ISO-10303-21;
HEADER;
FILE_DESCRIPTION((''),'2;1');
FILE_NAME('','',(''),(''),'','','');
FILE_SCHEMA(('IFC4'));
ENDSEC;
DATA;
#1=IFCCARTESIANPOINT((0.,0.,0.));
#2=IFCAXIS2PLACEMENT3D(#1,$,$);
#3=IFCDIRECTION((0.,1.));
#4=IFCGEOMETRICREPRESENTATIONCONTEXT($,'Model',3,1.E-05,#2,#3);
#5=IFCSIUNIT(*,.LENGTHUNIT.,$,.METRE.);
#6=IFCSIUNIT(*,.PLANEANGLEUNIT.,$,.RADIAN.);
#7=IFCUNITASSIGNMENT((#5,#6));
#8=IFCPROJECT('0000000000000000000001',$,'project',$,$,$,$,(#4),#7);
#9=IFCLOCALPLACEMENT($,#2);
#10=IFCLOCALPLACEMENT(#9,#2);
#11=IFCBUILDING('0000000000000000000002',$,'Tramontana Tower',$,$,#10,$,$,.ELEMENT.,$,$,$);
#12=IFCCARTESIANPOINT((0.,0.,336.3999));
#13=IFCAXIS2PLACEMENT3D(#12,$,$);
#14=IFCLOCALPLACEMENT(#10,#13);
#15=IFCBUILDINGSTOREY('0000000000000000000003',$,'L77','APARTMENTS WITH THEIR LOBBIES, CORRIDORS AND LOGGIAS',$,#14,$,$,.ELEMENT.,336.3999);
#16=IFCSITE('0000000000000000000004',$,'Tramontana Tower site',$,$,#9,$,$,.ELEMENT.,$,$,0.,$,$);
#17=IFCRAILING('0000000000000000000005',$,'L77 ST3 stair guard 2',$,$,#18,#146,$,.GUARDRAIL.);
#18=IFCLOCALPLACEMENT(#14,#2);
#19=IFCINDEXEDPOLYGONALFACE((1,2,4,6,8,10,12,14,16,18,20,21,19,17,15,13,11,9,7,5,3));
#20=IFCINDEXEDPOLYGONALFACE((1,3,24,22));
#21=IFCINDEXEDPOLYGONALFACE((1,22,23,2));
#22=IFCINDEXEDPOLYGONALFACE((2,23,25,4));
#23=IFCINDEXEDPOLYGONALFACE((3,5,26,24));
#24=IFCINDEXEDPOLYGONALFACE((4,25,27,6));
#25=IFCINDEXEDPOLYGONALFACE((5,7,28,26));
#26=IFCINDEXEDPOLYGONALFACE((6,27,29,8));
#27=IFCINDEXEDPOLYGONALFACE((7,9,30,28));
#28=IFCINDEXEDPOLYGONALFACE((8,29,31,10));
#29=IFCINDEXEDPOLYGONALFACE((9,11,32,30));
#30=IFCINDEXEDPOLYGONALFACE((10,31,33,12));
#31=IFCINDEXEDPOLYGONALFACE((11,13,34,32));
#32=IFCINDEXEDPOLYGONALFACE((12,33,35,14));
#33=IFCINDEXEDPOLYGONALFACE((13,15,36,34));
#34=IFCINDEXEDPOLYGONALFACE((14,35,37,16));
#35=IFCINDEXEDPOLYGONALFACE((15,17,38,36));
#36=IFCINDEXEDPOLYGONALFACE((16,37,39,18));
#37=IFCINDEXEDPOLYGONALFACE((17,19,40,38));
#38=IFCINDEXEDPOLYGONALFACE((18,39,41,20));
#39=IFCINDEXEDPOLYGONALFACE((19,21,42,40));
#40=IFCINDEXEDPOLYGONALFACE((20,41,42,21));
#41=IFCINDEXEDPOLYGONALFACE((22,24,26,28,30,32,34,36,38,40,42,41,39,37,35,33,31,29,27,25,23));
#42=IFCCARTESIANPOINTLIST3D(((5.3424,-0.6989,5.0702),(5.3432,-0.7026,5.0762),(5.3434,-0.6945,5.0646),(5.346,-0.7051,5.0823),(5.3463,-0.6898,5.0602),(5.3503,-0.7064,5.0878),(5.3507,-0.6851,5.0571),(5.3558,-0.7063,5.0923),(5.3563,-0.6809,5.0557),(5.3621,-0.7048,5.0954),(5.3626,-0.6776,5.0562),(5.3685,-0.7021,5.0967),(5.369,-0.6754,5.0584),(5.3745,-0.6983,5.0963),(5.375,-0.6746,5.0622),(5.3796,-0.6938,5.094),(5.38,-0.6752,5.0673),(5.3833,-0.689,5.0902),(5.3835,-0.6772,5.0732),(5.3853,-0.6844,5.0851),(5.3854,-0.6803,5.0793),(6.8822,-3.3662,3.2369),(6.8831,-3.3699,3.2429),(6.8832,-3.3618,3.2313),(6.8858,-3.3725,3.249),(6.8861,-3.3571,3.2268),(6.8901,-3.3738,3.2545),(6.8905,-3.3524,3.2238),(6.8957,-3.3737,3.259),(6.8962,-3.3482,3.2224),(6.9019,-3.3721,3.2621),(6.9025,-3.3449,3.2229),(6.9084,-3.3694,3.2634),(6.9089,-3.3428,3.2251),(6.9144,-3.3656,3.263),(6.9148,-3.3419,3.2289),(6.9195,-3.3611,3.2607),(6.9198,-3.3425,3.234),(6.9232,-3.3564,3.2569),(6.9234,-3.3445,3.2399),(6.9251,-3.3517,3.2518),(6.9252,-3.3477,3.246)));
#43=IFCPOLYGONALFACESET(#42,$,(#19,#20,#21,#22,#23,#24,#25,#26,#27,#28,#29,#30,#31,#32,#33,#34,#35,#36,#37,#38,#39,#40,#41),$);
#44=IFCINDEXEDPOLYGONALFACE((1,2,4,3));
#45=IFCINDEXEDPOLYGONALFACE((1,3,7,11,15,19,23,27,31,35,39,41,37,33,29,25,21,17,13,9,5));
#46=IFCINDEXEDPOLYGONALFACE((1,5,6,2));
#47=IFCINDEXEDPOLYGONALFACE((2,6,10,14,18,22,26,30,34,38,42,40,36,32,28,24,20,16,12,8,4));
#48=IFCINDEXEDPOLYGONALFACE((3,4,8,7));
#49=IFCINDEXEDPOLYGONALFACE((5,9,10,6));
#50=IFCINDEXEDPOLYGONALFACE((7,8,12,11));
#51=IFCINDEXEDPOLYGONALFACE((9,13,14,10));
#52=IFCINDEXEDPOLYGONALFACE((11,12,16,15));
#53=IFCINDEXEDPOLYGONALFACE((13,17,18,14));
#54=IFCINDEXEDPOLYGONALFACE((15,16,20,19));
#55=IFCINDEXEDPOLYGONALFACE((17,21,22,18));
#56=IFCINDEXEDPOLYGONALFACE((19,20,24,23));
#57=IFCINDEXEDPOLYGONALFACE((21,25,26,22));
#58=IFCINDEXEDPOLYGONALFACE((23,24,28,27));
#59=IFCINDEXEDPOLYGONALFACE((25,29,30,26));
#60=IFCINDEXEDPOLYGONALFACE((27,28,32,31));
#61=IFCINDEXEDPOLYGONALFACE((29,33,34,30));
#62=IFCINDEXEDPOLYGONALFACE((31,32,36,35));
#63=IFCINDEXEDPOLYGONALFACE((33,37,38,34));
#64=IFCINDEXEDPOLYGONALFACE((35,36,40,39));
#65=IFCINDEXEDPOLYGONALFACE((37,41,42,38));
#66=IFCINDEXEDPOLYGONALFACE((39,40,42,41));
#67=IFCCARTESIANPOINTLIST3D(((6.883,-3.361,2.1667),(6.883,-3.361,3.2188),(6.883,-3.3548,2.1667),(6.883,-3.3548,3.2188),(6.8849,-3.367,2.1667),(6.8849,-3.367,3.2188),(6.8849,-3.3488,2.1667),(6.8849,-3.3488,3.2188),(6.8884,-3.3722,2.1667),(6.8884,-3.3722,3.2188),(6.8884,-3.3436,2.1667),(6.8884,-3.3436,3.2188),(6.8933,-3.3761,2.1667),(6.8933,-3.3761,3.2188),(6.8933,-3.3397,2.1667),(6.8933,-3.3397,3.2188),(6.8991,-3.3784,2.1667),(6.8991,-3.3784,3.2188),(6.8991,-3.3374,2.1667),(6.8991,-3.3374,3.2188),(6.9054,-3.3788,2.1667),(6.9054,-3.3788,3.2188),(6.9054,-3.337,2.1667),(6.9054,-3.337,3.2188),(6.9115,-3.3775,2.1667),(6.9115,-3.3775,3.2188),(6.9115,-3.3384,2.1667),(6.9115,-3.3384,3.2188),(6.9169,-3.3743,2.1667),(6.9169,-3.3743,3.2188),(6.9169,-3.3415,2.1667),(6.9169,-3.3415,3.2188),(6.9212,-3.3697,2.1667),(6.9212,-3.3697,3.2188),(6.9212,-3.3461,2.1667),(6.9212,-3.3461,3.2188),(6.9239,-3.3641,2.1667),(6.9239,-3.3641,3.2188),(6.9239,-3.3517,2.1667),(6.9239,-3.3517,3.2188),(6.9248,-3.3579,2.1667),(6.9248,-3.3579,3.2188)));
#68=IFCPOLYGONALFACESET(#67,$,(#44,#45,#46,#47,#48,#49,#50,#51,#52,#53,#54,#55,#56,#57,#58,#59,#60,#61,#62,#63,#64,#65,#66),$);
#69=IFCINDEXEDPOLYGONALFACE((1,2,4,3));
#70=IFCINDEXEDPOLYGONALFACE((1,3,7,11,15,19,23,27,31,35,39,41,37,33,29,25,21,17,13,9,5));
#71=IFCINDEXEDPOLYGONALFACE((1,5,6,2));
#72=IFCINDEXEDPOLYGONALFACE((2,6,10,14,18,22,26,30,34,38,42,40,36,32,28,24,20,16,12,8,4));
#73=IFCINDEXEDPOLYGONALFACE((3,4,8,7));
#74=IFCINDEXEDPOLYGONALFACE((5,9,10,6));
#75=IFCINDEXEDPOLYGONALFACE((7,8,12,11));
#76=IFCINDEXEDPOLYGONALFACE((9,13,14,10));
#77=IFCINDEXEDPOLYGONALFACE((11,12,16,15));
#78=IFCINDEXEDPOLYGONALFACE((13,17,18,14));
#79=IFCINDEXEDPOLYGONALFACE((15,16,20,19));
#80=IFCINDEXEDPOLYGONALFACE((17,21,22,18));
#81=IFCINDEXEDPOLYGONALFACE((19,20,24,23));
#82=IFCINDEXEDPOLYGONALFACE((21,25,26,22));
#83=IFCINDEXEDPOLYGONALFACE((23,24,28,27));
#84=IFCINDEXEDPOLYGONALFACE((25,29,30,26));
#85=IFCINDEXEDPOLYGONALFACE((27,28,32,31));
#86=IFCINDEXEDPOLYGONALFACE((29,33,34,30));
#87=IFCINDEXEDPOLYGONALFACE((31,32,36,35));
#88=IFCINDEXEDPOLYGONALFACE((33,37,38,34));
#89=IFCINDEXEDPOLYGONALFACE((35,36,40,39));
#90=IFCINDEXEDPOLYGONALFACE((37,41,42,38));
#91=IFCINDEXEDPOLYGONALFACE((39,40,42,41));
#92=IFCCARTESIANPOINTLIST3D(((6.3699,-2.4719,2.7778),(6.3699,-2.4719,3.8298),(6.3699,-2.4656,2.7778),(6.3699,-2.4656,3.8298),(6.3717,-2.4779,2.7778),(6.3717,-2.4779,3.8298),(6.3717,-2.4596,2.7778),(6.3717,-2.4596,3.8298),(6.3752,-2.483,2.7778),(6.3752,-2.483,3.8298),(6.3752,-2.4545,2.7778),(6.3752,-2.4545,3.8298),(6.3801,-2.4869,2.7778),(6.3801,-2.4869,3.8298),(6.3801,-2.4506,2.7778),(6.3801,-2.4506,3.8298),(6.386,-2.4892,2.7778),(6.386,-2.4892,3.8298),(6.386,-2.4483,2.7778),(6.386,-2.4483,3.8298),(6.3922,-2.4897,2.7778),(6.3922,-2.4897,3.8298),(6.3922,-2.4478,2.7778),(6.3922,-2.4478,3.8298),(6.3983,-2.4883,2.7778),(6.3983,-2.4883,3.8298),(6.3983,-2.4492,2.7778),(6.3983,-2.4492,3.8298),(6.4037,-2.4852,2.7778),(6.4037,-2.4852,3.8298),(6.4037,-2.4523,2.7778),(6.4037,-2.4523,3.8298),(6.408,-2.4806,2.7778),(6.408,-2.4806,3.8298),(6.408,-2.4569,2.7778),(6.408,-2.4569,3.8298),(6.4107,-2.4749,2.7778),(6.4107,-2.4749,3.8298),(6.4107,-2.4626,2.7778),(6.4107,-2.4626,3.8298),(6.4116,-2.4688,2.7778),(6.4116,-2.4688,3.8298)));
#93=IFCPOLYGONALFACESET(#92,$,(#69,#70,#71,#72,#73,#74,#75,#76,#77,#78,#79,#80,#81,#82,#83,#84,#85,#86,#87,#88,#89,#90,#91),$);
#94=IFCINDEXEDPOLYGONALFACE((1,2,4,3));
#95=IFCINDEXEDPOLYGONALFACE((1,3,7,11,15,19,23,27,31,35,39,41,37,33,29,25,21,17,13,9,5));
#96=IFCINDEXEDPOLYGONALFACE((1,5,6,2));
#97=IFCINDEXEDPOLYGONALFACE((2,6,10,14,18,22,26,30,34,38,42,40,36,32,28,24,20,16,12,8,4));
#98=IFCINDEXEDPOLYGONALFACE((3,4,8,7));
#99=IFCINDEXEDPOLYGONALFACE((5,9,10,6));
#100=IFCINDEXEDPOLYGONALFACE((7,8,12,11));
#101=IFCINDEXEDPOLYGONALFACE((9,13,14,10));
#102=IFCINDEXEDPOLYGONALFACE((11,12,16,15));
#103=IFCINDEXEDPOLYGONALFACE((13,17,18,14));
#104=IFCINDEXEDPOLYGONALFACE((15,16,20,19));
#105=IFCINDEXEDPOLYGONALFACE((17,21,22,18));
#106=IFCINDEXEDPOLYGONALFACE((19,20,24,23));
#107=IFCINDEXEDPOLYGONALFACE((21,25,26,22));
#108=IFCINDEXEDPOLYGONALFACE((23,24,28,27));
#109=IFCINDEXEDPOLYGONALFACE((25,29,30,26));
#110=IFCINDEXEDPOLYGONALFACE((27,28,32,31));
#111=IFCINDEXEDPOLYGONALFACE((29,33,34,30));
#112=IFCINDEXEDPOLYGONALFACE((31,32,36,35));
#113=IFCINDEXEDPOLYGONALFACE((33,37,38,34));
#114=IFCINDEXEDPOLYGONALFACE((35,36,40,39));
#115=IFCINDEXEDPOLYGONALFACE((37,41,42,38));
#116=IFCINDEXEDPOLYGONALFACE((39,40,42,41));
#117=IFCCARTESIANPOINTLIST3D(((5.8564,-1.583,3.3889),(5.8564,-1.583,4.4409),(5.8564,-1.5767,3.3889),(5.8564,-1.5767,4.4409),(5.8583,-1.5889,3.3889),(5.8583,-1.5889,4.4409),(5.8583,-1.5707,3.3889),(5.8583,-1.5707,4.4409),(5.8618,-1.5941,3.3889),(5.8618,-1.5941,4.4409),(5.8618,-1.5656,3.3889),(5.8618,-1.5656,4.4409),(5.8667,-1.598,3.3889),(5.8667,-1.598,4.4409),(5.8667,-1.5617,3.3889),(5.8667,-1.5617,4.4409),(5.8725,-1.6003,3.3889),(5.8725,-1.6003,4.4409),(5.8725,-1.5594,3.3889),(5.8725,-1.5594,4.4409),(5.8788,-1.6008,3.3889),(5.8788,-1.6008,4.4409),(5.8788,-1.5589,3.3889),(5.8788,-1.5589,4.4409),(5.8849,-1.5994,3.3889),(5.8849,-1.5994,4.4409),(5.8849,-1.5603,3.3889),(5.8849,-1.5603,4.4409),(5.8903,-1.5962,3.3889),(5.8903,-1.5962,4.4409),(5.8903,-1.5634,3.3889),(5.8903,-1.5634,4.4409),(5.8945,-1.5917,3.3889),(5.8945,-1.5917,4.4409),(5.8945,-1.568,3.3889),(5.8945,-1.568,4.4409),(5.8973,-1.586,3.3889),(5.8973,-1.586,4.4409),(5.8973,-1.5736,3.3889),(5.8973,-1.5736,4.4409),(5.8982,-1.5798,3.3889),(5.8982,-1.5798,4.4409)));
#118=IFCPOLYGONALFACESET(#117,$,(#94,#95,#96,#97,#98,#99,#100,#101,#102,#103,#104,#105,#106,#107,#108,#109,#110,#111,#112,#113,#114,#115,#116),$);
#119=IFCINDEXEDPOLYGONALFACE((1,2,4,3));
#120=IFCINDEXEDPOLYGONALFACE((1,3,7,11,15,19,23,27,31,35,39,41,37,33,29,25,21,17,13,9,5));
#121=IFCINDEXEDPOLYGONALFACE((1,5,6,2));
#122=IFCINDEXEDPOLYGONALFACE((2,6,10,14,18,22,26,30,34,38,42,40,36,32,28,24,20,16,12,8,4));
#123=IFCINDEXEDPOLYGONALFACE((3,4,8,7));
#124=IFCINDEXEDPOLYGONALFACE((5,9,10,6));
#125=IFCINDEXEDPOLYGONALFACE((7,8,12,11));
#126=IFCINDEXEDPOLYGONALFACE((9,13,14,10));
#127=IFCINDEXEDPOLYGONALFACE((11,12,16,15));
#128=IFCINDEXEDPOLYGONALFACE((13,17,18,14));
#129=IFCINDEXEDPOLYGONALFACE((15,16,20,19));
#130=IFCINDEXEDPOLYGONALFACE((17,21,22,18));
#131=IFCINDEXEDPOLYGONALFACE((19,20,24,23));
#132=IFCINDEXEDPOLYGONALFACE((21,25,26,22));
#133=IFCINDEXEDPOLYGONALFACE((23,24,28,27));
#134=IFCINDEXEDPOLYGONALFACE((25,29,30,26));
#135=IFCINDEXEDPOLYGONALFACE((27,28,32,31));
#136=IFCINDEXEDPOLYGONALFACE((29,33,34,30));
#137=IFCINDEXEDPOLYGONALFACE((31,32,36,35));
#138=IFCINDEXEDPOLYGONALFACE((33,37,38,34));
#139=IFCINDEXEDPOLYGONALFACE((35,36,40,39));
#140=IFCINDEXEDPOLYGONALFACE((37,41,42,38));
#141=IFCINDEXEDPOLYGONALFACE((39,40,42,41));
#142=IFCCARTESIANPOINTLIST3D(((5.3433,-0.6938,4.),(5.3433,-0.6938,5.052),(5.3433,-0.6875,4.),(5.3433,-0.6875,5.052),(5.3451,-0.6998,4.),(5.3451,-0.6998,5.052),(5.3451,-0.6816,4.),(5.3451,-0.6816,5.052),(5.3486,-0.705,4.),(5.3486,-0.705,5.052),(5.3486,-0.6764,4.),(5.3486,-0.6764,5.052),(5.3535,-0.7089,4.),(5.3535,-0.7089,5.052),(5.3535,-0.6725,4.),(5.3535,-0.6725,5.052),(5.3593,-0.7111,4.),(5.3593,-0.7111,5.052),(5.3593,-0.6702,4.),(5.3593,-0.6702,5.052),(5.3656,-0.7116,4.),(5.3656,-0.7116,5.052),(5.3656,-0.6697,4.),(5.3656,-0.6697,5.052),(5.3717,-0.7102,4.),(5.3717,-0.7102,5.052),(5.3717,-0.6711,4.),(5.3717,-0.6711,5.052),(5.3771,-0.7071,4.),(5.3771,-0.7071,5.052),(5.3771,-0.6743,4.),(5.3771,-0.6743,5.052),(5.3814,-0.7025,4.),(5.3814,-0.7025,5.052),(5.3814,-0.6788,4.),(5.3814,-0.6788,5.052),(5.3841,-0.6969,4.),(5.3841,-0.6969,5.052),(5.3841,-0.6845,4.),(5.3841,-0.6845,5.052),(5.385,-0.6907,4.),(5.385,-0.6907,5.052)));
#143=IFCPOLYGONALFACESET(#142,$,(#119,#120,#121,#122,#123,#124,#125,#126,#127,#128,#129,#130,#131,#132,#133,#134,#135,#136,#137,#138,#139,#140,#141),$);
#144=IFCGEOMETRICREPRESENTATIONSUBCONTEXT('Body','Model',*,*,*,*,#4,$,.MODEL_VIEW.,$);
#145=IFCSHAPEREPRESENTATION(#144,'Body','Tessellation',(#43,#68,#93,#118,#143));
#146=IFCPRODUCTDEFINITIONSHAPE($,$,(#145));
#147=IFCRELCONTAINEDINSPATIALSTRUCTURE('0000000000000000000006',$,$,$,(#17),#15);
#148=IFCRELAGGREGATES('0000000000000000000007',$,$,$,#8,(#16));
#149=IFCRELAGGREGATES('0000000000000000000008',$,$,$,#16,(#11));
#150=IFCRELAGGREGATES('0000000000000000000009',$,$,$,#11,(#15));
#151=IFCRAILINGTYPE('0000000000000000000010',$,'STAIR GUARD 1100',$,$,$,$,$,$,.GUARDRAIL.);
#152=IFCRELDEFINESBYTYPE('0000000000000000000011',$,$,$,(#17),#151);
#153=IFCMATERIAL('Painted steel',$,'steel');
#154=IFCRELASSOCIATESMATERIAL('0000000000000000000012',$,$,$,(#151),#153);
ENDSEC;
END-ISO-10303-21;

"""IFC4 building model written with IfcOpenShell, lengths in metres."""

from ifc_helpers import new_model, si_unit, direction, frame, origin, origin_2d, place, context, subcontext, project, spatial, circle, extrude, material, type_object, element, save


model = new_model("IFC4")

# Units and contexts
model_context = context("Model", 3, precision=1e-05, world=origin(), true_north=direction((0.0, 1.0)))
body_context = subcontext(model_context, "Body", "Model", "MODEL_VIEW")
ifc_project = project(units=[si_unit("LENGTHUNIT", "METRE"), si_unit("PLANEANGLEUNIT", "RADIAN")], contexts=[model_context])

# Site, building, storey
site_placement = place(None, origin())
site = spatial("IfcSite", under=ifc_project, at=site_placement, Name="Tramontana Tower site", CompositionType="ELEMENT", RefElevation=0.0)
building_placement = place(site_placement, origin())
building = spatial("IfcBuilding", under=site, at=building_placement, Name="Tramontana Tower", CompositionType="ELEMENT")
storey_placement = place(building_placement, frame((0.0, 0.0, 336.3999)))
storey = spatial("IfcBuildingStorey", under=building, at=storey_placement, Name="L77", Description="APARTMENTS WITH THEIR LOBBIES, CORRIDORS AND LOGGIAS", CompositionType="ELEMENT", Elevation=336.3999)

# Railing
ifc_material_1 = material(Name="Painted steel", Category="steel")
railing_type_1 = type_object("IfcRailingType", Name="STAIR GUARD 1100", PredefinedType="GUARDRAIL", material=ifc_material_1)
railing_1_placement = place(storey_placement, frame((6.9038, -3.3579, 2.1667)))
element("IfcRailing", 1, at=railing_1_placement, inside=storey, type_object=railing_type_1, Name="L77 ST3 stair guard 2", PredefinedType="GUARDRAIL", context=body_context, shape_type="SweptSolid", body=[
    extrude(circle(Radius=0.0239, at=origin_2d()), frame((0.0, 0.0, 1.0762), z_axis=(-0.429616, 0.744181, 0.511493), x_axis=(-0.866044, -0.499967, 0.0)), (0.0, 0.0, 1.0), 3.5842),
    extrude(circle(Radius=0.021, at=origin_2d()), origin(), (0.0, 0.0, 1.0), 1.052),
    extrude(circle(Radius=0.021, at=origin_2d()), frame((-0.5132, 0.8892, 0.6111)), (0.0, 0.0, 1.0), 1.052),
    extrude(circle(Radius=0.021, at=origin_2d()), frame((-1.0266, 1.7781, 1.2222)), (0.0, 0.0, 1.0), 1.052),
    extrude(circle(Radius=0.021, at=origin_2d()), frame((-1.5398, 2.6672, 1.8333)), (0.0, 0.0, 1.0), 1.052),
])

save(model, "model.ifc")
